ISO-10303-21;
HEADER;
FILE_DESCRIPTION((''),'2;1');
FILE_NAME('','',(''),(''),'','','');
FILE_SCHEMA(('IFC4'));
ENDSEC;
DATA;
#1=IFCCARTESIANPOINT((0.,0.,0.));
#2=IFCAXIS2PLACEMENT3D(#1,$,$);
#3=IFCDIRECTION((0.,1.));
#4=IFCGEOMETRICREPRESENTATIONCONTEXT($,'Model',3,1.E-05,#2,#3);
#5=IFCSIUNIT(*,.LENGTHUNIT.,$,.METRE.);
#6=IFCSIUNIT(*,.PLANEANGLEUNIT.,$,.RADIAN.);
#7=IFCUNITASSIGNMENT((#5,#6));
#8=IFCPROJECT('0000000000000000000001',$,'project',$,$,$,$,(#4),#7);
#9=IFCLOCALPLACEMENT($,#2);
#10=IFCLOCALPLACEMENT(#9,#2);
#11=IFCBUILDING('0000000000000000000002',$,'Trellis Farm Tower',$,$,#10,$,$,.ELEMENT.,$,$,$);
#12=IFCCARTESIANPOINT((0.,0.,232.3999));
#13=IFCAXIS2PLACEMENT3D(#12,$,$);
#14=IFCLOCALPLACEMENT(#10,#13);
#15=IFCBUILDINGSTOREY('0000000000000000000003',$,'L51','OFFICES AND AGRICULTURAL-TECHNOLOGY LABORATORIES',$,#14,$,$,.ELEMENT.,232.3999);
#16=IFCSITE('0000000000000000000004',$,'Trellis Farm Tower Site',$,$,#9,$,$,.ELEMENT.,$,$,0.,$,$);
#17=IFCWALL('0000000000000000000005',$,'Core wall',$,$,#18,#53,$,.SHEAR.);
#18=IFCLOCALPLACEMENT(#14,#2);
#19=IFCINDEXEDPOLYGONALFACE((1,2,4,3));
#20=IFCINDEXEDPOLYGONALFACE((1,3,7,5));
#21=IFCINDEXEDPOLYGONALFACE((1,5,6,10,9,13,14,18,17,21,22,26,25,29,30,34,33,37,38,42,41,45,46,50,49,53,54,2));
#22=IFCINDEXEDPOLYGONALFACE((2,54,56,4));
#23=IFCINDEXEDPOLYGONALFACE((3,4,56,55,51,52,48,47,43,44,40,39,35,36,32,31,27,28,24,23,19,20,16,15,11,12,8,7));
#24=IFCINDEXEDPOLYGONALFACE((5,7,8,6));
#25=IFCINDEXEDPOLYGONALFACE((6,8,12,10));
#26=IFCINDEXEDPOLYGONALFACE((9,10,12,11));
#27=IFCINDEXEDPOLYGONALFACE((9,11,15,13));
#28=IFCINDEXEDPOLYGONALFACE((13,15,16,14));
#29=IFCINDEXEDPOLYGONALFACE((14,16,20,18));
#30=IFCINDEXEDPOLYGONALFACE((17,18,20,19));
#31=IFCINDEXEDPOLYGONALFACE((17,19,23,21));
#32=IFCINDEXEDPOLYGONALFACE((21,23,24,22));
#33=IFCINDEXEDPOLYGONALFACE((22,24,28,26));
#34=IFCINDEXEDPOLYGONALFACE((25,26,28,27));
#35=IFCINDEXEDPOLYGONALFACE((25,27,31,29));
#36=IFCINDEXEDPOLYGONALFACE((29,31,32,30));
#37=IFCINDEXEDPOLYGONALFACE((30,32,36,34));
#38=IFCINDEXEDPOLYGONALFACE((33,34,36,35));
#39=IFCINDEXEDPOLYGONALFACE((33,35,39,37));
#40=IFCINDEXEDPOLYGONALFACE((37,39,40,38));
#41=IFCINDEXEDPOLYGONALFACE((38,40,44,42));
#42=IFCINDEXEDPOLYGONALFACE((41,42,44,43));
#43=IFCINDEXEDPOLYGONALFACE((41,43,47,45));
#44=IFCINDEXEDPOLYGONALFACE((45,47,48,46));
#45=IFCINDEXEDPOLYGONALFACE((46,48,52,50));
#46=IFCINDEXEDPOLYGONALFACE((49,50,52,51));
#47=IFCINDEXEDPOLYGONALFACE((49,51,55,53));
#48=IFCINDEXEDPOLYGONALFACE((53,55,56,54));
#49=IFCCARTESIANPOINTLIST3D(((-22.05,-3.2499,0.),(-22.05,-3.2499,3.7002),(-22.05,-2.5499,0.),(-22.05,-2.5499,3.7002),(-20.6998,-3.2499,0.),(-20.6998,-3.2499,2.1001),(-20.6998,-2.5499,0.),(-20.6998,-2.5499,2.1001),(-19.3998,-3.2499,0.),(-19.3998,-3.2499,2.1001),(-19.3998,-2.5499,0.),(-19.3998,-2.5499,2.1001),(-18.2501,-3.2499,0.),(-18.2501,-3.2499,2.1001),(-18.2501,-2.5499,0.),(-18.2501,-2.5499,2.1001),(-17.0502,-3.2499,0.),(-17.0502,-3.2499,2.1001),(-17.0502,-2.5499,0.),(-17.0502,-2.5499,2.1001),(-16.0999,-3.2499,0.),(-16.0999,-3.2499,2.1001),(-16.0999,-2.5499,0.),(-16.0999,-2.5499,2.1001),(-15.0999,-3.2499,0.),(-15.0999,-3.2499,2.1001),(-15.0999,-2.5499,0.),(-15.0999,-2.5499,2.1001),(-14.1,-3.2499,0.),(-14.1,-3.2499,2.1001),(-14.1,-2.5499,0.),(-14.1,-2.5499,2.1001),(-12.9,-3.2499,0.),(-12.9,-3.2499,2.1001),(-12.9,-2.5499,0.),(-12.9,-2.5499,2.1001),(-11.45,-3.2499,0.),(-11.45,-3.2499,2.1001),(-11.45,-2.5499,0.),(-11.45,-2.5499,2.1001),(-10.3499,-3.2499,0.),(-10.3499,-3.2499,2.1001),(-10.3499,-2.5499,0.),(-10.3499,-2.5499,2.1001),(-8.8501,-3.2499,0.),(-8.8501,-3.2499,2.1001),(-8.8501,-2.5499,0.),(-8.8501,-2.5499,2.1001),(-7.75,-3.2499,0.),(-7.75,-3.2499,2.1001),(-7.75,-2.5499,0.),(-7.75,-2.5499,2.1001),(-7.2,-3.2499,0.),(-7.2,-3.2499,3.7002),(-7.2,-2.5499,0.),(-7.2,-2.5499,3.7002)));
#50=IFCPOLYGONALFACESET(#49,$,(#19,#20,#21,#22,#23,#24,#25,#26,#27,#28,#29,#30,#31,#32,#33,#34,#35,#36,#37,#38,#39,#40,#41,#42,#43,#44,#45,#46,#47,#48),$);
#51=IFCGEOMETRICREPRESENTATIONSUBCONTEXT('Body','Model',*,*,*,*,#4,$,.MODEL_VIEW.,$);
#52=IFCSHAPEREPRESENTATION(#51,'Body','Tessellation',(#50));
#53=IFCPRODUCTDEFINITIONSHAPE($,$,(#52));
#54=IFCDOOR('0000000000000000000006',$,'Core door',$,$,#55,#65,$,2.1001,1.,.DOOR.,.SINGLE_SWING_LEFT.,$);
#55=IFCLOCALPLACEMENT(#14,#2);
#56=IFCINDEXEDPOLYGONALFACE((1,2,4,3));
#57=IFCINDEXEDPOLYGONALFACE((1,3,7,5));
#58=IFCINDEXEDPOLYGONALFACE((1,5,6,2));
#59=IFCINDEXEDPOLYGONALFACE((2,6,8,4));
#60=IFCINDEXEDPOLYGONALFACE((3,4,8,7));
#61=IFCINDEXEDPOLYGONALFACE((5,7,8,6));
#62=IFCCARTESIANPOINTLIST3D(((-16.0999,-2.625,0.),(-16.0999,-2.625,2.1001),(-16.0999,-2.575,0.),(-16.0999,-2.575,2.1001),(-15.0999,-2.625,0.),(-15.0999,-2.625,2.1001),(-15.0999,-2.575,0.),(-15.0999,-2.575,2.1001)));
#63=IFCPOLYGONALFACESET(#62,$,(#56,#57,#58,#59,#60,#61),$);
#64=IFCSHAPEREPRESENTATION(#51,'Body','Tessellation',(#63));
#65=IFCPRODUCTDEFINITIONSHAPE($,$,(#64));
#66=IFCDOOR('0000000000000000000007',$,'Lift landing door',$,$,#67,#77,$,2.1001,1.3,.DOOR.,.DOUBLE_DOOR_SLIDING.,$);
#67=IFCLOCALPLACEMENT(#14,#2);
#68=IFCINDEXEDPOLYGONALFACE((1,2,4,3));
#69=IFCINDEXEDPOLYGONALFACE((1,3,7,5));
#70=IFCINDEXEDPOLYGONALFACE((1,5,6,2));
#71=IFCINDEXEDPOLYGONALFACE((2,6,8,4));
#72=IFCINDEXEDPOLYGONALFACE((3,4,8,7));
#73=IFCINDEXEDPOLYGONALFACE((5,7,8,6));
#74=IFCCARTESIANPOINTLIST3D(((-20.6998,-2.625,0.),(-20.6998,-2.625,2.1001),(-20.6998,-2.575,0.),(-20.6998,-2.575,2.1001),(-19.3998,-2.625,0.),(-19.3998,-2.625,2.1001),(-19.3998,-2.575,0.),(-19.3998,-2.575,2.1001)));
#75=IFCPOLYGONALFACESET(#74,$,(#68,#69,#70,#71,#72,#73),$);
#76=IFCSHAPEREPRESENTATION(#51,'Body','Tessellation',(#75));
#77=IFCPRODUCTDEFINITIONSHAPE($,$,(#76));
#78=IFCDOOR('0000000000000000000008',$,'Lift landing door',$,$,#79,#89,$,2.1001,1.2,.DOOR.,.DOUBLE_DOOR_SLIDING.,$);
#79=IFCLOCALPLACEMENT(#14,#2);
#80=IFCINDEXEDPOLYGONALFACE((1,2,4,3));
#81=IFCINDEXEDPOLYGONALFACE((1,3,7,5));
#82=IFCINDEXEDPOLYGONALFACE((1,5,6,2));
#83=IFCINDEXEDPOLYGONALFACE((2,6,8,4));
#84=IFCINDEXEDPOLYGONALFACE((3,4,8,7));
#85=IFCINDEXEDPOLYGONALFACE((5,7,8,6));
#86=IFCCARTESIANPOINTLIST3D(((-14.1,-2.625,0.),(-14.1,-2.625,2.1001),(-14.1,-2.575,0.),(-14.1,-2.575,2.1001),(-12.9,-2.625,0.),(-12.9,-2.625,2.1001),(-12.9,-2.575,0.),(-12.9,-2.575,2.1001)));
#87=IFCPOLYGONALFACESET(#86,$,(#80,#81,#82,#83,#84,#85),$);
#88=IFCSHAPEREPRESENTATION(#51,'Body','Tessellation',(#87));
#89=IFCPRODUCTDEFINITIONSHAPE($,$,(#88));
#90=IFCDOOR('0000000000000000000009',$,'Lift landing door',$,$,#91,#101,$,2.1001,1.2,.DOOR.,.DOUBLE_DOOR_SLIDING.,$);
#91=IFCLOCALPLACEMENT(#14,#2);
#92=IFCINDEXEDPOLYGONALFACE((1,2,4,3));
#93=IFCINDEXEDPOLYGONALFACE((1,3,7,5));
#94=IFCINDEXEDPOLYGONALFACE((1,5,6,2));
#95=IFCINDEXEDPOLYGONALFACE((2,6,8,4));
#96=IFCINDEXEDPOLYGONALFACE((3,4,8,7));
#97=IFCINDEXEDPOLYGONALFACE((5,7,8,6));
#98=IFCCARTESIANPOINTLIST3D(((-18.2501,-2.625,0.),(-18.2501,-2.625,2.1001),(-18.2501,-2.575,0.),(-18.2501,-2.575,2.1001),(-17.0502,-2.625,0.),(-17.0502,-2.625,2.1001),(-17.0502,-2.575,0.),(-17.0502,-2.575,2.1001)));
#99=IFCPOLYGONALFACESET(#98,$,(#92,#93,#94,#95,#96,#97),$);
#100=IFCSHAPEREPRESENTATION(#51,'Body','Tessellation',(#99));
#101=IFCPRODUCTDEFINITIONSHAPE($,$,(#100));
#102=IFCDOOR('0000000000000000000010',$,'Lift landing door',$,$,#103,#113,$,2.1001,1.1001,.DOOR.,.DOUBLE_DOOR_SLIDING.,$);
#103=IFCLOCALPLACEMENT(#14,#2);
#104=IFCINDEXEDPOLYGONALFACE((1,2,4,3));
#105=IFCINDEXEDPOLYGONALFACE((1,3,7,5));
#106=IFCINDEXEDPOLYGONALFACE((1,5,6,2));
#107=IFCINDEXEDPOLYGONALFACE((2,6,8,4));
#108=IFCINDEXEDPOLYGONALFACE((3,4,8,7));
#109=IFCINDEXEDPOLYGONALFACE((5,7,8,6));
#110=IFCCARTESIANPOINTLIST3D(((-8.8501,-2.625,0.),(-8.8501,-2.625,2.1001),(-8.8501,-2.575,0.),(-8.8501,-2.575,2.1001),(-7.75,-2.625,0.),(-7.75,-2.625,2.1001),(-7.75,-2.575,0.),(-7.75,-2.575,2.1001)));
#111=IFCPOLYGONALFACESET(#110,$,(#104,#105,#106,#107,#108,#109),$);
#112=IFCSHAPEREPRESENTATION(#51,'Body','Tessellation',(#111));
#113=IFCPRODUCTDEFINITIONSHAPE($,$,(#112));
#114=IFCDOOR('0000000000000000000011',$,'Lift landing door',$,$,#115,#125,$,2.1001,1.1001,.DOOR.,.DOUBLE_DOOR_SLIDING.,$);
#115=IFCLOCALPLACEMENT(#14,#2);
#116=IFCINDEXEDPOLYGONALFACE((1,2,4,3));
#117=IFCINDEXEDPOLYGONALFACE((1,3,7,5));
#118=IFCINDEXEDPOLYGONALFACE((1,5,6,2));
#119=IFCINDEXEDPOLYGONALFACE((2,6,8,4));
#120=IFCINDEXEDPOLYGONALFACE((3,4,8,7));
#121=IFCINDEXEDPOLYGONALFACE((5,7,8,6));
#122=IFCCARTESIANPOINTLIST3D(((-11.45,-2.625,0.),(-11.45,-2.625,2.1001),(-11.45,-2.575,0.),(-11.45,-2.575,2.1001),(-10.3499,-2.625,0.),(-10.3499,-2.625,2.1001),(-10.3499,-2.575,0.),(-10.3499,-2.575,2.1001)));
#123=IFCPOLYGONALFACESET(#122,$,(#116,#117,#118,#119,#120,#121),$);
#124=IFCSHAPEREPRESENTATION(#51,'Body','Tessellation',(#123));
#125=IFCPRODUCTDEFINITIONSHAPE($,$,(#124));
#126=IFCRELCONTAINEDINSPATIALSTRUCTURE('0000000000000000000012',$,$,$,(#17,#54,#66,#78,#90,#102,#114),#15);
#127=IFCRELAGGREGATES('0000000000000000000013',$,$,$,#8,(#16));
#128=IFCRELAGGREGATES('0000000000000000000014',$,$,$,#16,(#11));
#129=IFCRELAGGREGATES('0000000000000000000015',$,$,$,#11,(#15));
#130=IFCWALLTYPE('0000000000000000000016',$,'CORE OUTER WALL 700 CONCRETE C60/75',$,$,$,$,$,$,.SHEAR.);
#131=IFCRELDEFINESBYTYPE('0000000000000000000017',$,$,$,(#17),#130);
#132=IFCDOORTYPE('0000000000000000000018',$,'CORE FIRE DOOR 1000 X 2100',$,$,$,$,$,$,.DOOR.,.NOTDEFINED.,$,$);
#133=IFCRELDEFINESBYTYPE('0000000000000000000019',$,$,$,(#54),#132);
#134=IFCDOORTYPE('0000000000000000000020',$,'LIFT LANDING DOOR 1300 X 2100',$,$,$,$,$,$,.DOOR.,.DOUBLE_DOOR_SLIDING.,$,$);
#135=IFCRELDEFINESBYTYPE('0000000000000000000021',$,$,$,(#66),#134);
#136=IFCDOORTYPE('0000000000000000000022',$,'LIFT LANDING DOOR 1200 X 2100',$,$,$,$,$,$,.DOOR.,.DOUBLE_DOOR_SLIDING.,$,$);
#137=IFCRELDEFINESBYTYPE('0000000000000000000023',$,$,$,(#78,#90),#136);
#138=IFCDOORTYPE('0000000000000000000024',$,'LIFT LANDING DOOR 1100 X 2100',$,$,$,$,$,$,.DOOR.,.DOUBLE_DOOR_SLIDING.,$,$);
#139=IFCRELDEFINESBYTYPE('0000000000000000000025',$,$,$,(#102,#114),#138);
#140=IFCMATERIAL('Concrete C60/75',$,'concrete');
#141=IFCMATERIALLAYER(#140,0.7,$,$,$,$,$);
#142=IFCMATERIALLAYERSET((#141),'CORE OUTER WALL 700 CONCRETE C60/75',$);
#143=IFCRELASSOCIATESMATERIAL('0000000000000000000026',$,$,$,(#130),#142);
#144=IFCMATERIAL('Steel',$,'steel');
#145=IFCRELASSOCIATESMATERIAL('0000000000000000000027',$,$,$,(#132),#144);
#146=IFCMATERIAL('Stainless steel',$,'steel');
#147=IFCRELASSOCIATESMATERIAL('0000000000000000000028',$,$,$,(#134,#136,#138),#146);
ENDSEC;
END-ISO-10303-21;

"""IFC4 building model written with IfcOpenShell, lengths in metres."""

from ifc_helpers import new_model, si_unit, direction, frame, frame_2d, origin, place, context, subcontext, project, spatial, rectangle, extrude, source, transform, mapped, material, layer, layer_set, type_object, element, fill, save


model = new_model("IFC4")

# Units and contexts
model_context = context("Model", 3, precision=1e-05, world=origin(), true_north=direction((0.0, 1.0)))
body_context = subcontext(model_context, "Body", "Model", "MODEL_VIEW")
ifc_project = project(units=[si_unit("LENGTHUNIT", "METRE"), si_unit("PLANEANGLEUNIT", "RADIAN")], contexts=[model_context])

# Site, building, storey
site_placement = place(None, origin())
site = spatial("IfcSite", under=ifc_project, at=site_placement, Name="Trellis Farm Tower Site", CompositionType="ELEMENT", RefElevation=0.0)
building_placement = place(site_placement, origin())
building = spatial("IfcBuilding", under=site, at=building_placement, Name="Trellis Farm Tower", CompositionType="ELEMENT")
storey_placement = place(building_placement, frame((0.0, 0.0, 232.3999)))
storey = spatial("IfcBuildingStorey", under=building, at=storey_placement, Name="L51", Description="OFFICES AND AGRICULTURAL-TECHNOLOGY LABORATORIES", CompositionType="ELEMENT", Elevation=232.3999)

# Shared definitions
ifc_material_1 = material(Name="Concrete C60/75", Category="concrete")

# Shared definitions
ifc_material_2 = material(Name="Steel", Category="steel")

# Wall, openings, doors
ifc_layer_1 = layer(ifc_material_1, 0.7)
ifc_layer_set_1 = layer_set([ifc_layer_1], Name="CORE OUTER WALL 700 CONCRETE C60/75")
wall_type_1 = type_object("IfcWallType", Name="CORE OUTER WALL 700 CONCRETE C60/75", PredefinedType="SHEAR", material=ifc_layer_set_1)
shared_shape_1 = source(origin(), body_context, "Body", "SweptSolid", [
    extrude(rectangle(XDim=14.8501, YDim=0.7, at=frame_2d((7.425, 0.0))), origin(), (0.0, 0.0, 1.0), 3.7002),
])
wall_1_placement = place(storey_placement, frame((-7.2, -2.8999, 0.0), z_axis=(0.0, 0.0, 1.0), x_axis=(-1.0, 0.0, 0.0)))
wall_1 = element("IfcWall", 1, at=wall_1_placement, inside=storey, type_object=wall_type_1, Name="Core wall", PredefinedType="SHEAR", context=body_context, shape_type="MappedRepresentation", body=[
    mapped(shared_shape_1, transform((0.0, 0.0, 0.0))),
])
shared_shape_2 = source(origin(), body_context, "Body", "SweptSolid", [
    extrude(rectangle(XDim=1.1001, YDim=2.1001, at=frame_2d((0.55, 1.05))), frame((0.0, 0.3601, 0.0), z_axis=(0.0, -1.0, 0.0), x_axis=(1.0, 0.0, 0.0)), (0.0, 0.0, 1.0), 0.7202),
])
opening_1_placement = place(wall_1_placement, frame((0.55, 0.0, 0.0)))
opening_1 = element("IfcOpeningElement", 2, at=opening_1_placement, cuts=wall_1, PredefinedType="OPENING", context=body_context, shape_type="MappedRepresentation", body=[
    mapped(shared_shape_2, transform((0.0, 0.0, 0.0))),
])
opening_2_placement = place(wall_1_placement, frame((3.1499, 0.0, 0.0)))
opening_2 = element("IfcOpeningElement", 3, at=opening_2_placement, cuts=wall_1, PredefinedType="OPENING", context=body_context, shape_type="MappedRepresentation", body=[
    mapped(shared_shape_2, transform((0.0, 0.0, 0.0))),
])
shared_shape_3 = source(origin(), body_context, "Body", "SweptSolid", [
    extrude(rectangle(XDim=1.2, YDim=2.1001, at=frame_2d((0.6001, 1.05))), frame((0.0, 0.3601, 0.0), z_axis=(0.0, -1.0, 0.0), x_axis=(1.0, 0.0, 0.0)), (0.0, 0.0, 1.0), 0.7202),
])
opening_3_placement = place(wall_1_placement, frame((5.7, 0.0, 0.0)))
opening_3 = element("IfcOpeningElement", 4, at=opening_3_placement, cuts=wall_1, PredefinedType="OPENING", context=body_context, shape_type="MappedRepresentation", body=[
    mapped(shared_shape_3, transform((0.0, 0.0, 0.0))),
])
shared_shape_4 = source(origin(), body_context, "Body", "SweptSolid", [
    extrude(rectangle(XDim=1.3, YDim=2.1001, at=frame_2d((0.6499, 1.05))), frame((0.0, 0.3601, 0.0), z_axis=(0.0, -1.0, 0.0), x_axis=(1.0, 0.0, 0.0)), (0.0, 0.0, 1.0), 0.7202),
])
opening_4_placement = place(wall_1_placement, frame((12.2, 0.0, 0.0)))
opening_4 = element("IfcOpeningElement", 5, at=opening_4_placement, cuts=wall_1, PredefinedType="OPENING", context=body_context, shape_type="MappedRepresentation", body=[
    mapped(shared_shape_4, transform((0.0, 0.0, 0.0))),
])
opening_5_placement = place(wall_1_placement, frame((9.8501, 0.0, 0.0)))
opening_5 = element("IfcOpeningElement", 6, at=opening_5_placement, cuts=wall_1, PredefinedType="OPENING", context=body_context, shape_type="MappedRepresentation", body=[
    mapped(shared_shape_3, transform((0.0, 0.0, 0.0))),
])
shared_shape_5 = source(origin(), body_context, "Body", "SweptSolid", [
    extrude(rectangle(XDim=1.0, YDim=2.1001, at=frame_2d((0.5, 1.05))), frame((0.0, 0.3601, 0.0), z_axis=(0.0, -1.0, 0.0), x_axis=(1.0, 0.0, 0.0)), (0.0, 0.0, 1.0), 0.7202),
])
opening_6_placement = place(wall_1_placement, frame((7.8999, 0.0, 0.0)))
opening_6 = element("IfcOpeningElement", 7, at=opening_6_placement, cuts=wall_1, PredefinedType="OPENING", context=body_context, shape_type="MappedRepresentation", body=[
    mapped(shared_shape_5, transform((0.0, 0.0, 0.0))),
])
door_type_1 = type_object("IfcDoorType", Name="CORE FIRE DOOR 1000 X 2100", OperationType="NOTDEFINED", PredefinedType="DOOR", material=ifc_material_2)
shared_shape_6 = source(origin(), body_context, "Body", "SweptSolid", [
    extrude(rectangle(XDim=1.0, YDim=2.1001, at=frame_2d((0.5, 1.05))), frame((0.0, -0.2749, 0.0), z_axis=(0.0, -1.0, 0.0), x_axis=(1.0, 0.0, 0.0)), (0.0, 0.0, 1.0), 0.05),
])
door_1_placement = place(opening_6_placement, origin())
door_1 = element("IfcDoor", 8, at=door_1_placement, inside=storey, type_object=door_type_1, Name="Core door", OperationType="SINGLE_SWING_LEFT", OverallHeight=2.1001, OverallWidth=1.0, PredefinedType="DOOR", context=body_context, shape_type="MappedRepresentation", body=[
    mapped(shared_shape_6, transform((0.0, 0.0, 0.0))),
])
fill(opening_6, door_1)
ifc_material_3 = material(Name="Stainless steel", Category="steel")
door_type_2 = type_object("IfcDoorType", Name="LIFT LANDING DOOR 1300 X 2100", OperationType="DOUBLE_DOOR_SLIDING", PredefinedType="DOOR", material=ifc_material_3)
shared_shape_7 = source(origin(), body_context, "Body", "SweptSolid", [
    extrude(rectangle(XDim=1.3, YDim=2.1001, at=frame_2d((0.6499, 1.05))), frame((0.0, -0.2749, 0.0), z_axis=(0.0, -1.0, 0.0), x_axis=(1.0, 0.0, 0.0)), (0.0, 0.0, 1.0), 0.05),
])
door_2_placement = place(opening_4_placement, origin())
door_2 = element("IfcDoor", 9, at=door_2_placement, inside=storey, type_object=door_type_2, Name="Lift landing door", OperationType="DOUBLE_DOOR_SLIDING", OverallHeight=2.1001, OverallWidth=1.3, PredefinedType="DOOR", context=body_context, shape_type="MappedRepresentation", body=[
    mapped(shared_shape_7, transform((0.0, 0.0, 0.0))),
])
fill(opening_4, door_2)
door_type_3 = type_object("IfcDoorType", Name="LIFT LANDING DOOR 1200 X 2100", OperationType="DOUBLE_DOOR_SLIDING", PredefinedType="DOOR", material=ifc_material_3)
shared_shape_8 = source(origin(), body_context, "Body", "SweptSolid", [
    extrude(rectangle(XDim=1.2, YDim=2.1001, at=frame_2d((0.6001, 1.05))), frame((0.0, -0.2749, 0.0), z_axis=(0.0, -1.0, 0.0), x_axis=(1.0, 0.0, 0.0)), (0.0, 0.0, 1.0), 0.05),
])
door_3_placement = place(opening_3_placement, origin())
door_3 = element("IfcDoor", 10, at=door_3_placement, inside=storey, type_object=door_type_3, Name="Lift landing door", OperationType="DOUBLE_DOOR_SLIDING", OverallHeight=2.1001, OverallWidth=1.2, PredefinedType="DOOR", context=body_context, shape_type="MappedRepresentation", body=[
    mapped(shared_shape_8, transform((0.0, 0.0, 0.0))),
])
fill(opening_3, door_3)
door_4_placement = place(opening_5_placement, origin())
door_4 = element("IfcDoor", 11, at=door_4_placement, inside=storey, type_object=door_type_3, Name="Lift landing door", OperationType="DOUBLE_DOOR_SLIDING", OverallHeight=2.1001, OverallWidth=1.2, PredefinedType="DOOR", context=body_context, shape_type="MappedRepresentation", body=[
    mapped(shared_shape_8, transform((0.0, 0.0, 0.0))),
])
fill(opening_5, door_4)
door_type_4 = type_object("IfcDoorType", Name="LIFT LANDING DOOR 1100 X 2100", OperationType="DOUBLE_DOOR_SLIDING", PredefinedType="DOOR", material=ifc_material_3)
shared_shape_9 = source(origin(), body_context, "Body", "SweptSolid", [
    extrude(rectangle(XDim=1.1001, YDim=2.1001, at=frame_2d((0.55, 1.05))), frame((0.0, -0.2749, 0.0), z_axis=(0.0, -1.0, 0.0), x_axis=(1.0, 0.0, 0.0)), (0.0, 0.0, 1.0), 0.05),
])
door_5_placement = place(opening_1_placement, origin())
door_5 = element("IfcDoor", 12, at=door_5_placement, inside=storey, type_object=door_type_4, Name="Lift landing door", OperationType="DOUBLE_DOOR_SLIDING", OverallHeight=2.1001, OverallWidth=1.1001, PredefinedType="DOOR", context=body_context, shape_type="MappedRepresentation", body=[
    mapped(shared_shape_9, transform((0.0, 0.0, 0.0))),
])
fill(opening_1, door_5)
door_6_placement = place(opening_2_placement, origin())
door_6 = element("IfcDoor", 13, at=door_6_placement, inside=storey, type_object=door_type_4, Name="Lift landing door", OperationType="DOUBLE_DOOR_SLIDING", OverallHeight=2.1001, OverallWidth=1.1001, PredefinedType="DOOR", context=body_context, shape_type="MappedRepresentation", body=[
    mapped(shared_shape_9, transform((0.0, 0.0, 0.0))),
])
fill(opening_2, door_6)

save(model, "model.ifc")
